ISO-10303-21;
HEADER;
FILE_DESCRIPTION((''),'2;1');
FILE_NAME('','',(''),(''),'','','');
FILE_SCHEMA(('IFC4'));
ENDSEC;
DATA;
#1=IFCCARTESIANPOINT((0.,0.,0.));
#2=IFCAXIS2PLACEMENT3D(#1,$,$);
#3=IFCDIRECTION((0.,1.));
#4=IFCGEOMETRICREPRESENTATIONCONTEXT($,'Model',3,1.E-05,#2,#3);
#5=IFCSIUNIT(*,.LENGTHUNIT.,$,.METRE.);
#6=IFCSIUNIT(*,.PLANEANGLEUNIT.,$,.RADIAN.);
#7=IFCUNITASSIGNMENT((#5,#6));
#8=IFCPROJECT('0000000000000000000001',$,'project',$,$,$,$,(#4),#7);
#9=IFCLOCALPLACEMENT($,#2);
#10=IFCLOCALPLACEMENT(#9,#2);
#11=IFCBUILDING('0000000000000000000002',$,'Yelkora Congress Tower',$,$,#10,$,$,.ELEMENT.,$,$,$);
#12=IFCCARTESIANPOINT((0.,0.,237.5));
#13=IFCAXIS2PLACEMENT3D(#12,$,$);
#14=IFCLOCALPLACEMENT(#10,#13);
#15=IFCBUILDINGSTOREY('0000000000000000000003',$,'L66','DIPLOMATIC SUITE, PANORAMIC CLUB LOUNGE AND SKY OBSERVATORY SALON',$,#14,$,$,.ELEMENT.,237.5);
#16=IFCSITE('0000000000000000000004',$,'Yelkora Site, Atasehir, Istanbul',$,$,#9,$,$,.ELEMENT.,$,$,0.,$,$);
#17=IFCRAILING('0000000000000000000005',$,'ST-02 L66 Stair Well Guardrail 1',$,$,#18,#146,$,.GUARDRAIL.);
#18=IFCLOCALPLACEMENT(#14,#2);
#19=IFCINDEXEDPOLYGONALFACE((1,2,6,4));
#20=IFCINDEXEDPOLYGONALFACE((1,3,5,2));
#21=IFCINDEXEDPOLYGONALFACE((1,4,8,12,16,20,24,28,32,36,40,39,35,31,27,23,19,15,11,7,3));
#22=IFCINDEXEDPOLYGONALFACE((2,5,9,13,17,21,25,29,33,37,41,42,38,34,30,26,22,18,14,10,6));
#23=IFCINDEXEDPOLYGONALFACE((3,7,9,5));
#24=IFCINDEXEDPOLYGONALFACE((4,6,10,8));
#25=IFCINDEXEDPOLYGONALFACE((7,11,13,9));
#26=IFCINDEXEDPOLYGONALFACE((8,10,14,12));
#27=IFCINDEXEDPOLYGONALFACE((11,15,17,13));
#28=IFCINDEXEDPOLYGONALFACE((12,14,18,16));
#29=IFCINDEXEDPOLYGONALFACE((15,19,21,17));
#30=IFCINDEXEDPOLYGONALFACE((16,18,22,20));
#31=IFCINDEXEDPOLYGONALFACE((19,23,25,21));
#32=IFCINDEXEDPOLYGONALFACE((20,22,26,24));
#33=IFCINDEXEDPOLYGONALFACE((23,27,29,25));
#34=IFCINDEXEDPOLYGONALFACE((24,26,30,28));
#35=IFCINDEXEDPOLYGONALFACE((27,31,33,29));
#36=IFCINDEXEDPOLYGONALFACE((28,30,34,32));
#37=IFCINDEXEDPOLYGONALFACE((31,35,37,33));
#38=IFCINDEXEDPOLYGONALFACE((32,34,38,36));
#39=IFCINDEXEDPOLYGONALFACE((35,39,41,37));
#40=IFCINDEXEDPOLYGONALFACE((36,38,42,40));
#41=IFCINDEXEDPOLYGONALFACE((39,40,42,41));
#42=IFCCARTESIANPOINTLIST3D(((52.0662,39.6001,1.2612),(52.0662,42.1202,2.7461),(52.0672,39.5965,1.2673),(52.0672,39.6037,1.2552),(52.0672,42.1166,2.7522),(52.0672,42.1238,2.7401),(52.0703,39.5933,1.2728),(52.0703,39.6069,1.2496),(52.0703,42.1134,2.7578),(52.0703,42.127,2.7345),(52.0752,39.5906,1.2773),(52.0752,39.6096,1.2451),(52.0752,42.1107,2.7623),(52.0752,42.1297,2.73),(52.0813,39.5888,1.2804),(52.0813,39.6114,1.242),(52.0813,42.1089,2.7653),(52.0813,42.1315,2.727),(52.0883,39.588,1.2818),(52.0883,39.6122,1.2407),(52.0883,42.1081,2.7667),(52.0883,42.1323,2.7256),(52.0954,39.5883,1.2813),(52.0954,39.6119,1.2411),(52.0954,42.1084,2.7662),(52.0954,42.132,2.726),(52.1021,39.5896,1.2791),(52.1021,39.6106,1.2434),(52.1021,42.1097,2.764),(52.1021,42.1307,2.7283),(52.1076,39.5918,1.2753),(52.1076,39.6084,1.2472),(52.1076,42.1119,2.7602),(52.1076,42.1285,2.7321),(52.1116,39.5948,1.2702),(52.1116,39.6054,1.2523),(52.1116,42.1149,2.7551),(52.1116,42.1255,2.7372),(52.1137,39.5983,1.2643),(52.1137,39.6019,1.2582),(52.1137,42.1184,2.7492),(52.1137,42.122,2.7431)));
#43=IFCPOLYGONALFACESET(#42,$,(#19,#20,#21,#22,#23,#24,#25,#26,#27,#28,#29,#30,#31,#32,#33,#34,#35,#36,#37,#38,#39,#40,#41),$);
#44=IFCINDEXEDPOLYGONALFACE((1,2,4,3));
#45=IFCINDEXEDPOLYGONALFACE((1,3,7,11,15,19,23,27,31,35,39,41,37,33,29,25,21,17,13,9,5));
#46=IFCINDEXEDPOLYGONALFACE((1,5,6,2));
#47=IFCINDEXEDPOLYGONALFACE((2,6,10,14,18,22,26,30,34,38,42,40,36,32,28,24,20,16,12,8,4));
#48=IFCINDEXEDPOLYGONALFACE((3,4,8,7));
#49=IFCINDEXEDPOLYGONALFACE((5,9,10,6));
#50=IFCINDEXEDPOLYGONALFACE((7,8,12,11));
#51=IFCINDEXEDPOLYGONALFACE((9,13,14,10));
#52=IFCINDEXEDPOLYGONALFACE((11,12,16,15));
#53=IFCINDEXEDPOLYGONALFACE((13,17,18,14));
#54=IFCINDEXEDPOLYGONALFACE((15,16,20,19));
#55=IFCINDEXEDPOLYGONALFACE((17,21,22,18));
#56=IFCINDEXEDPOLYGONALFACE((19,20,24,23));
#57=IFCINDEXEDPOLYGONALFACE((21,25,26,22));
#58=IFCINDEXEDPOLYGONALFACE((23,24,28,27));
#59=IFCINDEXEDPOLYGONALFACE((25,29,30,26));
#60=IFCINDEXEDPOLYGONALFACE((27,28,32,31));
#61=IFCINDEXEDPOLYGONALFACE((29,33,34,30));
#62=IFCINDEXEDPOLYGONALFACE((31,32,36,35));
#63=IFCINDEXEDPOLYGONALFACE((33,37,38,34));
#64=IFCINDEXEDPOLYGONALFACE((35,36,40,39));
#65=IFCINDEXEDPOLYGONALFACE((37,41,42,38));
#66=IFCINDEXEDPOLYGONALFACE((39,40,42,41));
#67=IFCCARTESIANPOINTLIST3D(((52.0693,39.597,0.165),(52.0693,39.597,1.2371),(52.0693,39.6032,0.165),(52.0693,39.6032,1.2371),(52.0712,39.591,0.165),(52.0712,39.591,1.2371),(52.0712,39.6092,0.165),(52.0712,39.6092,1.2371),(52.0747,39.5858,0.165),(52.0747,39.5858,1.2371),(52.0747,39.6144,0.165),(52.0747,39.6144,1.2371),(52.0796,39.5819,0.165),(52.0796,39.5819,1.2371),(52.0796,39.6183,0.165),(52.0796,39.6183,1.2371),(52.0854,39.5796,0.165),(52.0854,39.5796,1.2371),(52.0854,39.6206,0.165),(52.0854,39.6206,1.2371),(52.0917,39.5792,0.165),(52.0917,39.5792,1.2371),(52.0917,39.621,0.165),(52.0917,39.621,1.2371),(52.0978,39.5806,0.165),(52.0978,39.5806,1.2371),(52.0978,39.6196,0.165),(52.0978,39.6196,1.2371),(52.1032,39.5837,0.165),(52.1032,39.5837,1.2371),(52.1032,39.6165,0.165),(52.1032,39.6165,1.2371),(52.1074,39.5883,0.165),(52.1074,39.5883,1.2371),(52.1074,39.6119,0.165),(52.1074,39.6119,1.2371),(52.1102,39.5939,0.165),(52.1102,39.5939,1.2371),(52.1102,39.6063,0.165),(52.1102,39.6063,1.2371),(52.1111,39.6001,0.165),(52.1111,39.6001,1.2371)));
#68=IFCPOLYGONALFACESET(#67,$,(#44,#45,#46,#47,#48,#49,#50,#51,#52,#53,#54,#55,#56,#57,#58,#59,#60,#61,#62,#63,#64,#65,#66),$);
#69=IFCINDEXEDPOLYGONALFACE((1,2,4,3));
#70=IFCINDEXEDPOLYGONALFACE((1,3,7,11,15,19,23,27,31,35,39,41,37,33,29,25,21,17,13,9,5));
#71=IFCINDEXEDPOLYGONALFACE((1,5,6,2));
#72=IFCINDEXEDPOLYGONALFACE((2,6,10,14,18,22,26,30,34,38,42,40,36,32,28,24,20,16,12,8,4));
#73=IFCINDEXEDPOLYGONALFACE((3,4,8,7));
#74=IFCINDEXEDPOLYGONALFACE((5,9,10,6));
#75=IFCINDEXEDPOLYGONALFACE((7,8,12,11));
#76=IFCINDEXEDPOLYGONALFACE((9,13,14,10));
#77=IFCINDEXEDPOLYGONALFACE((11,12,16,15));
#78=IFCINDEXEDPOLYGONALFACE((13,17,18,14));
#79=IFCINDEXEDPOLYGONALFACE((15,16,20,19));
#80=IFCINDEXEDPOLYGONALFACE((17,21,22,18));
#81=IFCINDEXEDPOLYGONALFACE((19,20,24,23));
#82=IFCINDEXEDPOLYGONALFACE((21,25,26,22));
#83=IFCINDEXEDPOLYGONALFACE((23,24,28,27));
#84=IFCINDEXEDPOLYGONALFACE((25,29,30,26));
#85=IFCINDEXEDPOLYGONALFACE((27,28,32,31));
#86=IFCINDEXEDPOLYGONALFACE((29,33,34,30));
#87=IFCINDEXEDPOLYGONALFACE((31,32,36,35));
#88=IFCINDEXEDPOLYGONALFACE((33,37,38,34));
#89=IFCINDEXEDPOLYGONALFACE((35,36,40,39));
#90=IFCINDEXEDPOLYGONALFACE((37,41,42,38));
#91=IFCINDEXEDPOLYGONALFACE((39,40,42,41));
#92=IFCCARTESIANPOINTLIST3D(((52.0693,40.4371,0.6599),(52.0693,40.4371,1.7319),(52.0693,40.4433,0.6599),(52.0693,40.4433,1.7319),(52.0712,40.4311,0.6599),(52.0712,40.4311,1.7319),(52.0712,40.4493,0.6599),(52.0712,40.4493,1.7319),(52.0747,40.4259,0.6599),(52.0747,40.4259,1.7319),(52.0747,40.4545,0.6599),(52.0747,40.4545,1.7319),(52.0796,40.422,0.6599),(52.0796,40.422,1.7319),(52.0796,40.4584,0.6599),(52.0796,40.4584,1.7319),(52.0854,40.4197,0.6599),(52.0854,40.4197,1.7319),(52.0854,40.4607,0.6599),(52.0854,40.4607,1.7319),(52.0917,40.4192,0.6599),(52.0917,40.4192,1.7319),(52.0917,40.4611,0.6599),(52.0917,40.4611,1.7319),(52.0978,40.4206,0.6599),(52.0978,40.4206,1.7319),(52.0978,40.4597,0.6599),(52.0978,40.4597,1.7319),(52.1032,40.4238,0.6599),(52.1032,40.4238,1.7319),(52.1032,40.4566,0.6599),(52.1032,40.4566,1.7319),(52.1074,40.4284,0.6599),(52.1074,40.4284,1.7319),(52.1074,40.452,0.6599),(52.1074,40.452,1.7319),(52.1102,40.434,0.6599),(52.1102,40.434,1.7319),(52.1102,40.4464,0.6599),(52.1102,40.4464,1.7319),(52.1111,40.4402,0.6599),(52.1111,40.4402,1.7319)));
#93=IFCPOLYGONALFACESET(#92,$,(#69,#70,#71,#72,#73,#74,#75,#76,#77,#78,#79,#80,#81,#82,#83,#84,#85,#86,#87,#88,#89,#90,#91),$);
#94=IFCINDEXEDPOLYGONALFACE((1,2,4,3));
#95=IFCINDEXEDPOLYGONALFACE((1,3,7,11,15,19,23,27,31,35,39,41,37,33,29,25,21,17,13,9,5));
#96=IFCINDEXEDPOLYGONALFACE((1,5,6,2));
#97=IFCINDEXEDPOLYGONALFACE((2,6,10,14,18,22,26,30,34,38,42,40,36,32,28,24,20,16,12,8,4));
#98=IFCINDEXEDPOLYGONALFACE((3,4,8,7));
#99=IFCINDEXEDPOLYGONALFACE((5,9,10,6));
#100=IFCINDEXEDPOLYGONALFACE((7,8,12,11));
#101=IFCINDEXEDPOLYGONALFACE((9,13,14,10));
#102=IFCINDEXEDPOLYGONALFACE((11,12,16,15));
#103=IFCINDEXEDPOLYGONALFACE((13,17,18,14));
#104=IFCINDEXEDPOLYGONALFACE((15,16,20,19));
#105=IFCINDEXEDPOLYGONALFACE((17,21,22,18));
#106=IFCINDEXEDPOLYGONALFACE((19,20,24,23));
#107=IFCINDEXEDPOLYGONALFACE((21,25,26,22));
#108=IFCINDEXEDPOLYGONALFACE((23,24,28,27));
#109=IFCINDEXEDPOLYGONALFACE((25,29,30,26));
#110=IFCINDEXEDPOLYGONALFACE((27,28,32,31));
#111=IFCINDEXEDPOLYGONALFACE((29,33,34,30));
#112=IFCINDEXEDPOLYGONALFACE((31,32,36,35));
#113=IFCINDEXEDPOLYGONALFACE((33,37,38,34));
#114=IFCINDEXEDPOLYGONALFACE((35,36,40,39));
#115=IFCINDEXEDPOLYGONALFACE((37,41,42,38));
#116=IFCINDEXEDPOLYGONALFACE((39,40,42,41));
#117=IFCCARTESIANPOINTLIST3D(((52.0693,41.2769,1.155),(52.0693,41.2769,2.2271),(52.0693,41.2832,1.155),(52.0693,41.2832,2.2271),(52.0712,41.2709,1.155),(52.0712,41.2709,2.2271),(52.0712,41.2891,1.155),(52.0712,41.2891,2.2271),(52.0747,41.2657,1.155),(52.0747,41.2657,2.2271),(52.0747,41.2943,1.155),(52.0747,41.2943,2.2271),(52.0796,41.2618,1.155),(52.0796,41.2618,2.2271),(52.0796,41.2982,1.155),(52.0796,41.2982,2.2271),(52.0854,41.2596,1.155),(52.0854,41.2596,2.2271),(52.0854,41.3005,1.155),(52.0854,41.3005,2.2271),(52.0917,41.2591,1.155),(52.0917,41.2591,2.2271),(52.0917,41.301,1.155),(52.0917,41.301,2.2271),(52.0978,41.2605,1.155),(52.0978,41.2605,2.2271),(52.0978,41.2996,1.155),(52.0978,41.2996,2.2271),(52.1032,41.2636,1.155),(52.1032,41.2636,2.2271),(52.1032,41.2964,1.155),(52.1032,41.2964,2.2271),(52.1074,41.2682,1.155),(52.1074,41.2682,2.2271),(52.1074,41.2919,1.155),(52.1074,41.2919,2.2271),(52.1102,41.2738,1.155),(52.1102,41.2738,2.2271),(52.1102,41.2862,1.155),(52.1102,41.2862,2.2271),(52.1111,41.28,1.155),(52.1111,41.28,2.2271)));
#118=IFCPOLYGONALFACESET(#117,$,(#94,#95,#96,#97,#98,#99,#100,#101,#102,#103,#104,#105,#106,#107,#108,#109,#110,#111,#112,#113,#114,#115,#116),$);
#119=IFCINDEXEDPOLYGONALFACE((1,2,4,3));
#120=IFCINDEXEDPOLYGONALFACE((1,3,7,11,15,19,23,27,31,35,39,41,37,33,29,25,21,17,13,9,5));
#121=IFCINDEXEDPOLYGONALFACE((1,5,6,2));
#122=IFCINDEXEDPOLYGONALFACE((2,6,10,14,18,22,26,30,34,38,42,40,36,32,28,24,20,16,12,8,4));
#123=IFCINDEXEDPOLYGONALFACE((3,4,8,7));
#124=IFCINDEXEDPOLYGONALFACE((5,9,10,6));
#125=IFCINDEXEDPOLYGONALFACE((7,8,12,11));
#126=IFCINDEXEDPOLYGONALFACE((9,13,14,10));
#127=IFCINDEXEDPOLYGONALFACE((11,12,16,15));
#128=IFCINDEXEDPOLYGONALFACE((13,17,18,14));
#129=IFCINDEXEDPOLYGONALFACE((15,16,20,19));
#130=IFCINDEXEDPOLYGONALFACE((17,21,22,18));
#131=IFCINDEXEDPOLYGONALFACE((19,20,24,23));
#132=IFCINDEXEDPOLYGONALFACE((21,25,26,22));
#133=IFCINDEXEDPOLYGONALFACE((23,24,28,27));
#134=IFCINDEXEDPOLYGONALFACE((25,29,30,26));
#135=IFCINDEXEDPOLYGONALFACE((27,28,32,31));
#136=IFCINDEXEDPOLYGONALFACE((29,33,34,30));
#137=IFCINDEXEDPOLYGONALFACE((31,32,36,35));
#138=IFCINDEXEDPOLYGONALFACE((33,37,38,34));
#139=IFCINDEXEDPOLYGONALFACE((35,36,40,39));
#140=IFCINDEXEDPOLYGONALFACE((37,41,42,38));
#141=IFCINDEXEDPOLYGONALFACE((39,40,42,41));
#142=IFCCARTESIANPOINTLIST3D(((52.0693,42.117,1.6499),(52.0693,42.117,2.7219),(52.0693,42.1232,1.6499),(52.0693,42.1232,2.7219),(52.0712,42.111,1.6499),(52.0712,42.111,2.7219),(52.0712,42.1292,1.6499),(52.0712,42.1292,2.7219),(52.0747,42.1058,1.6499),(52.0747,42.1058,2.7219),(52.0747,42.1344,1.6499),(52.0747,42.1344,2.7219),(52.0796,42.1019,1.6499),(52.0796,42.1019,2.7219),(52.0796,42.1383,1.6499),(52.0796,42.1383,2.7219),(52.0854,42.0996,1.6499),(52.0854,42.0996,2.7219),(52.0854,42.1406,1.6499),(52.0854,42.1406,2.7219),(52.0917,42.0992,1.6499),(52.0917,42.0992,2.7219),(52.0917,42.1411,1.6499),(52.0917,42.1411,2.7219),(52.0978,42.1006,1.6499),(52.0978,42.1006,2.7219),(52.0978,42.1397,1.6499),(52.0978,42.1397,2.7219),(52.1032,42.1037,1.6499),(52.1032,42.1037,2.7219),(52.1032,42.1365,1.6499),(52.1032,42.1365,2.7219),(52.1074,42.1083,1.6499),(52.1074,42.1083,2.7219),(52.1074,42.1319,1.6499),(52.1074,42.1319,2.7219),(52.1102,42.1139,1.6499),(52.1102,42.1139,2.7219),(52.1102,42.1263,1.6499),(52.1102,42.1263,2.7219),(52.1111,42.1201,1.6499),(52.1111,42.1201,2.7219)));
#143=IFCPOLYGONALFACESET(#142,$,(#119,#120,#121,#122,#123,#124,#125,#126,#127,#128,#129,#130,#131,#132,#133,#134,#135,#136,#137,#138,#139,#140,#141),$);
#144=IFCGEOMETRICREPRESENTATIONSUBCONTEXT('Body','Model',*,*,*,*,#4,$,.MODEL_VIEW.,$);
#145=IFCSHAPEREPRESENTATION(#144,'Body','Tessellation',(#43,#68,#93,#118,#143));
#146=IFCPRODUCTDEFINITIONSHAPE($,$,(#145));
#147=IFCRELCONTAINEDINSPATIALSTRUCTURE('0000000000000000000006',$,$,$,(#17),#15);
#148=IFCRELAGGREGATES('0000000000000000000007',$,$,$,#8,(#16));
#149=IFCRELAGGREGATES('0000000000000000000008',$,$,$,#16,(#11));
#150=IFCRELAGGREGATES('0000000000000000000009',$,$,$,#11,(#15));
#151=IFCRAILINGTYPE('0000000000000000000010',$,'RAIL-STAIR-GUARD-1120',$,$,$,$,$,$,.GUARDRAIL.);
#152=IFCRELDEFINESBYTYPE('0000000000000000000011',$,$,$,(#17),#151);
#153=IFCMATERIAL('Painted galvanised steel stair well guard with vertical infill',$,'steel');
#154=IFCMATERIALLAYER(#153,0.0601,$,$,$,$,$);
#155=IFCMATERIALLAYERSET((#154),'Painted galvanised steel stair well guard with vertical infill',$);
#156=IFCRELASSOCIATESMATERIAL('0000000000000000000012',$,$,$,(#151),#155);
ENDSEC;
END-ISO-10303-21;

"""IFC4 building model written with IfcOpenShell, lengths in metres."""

from ifc_helpers import new_model, si_unit, direction, frame, origin, origin_2d, place, context, subcontext, project, spatial, circle, extrude, material, layer, layer_set, type_object, element, save


model = new_model("IFC4")

# Units and contexts
model_context = context("Model", 3, precision=1e-05, world=origin(), true_north=direction((0.0, 1.0)))
body_context = subcontext(model_context, "Body", "Model", "MODEL_VIEW")
ifc_project = project(units=[si_unit("LENGTHUNIT", "METRE"), si_unit("PLANEANGLEUNIT", "RADIAN")], contexts=[model_context])

# Site, building, storey
site_placement = place(None, origin())
site = spatial("IfcSite", under=ifc_project, at=site_placement, Name="Yelkora Site, Atasehir, Istanbul", CompositionType="ELEMENT", RefElevation=0.0)
building_placement = place(site_placement, origin())
building = spatial("IfcBuilding", under=site, at=building_placement, Name="Yelkora Congress Tower", CompositionType="ELEMENT")
storey_placement = place(building_placement, frame((0.0, 0.0, 237.5)))
storey = spatial("IfcBuildingStorey", under=building, at=storey_placement, Name="L66", Description="DIPLOMATIC SUITE, PANORAMIC CLUB LOUNGE AND SKY OBSERVATORY SALON", CompositionType="ELEMENT", Elevation=237.5)

# Railing
ifc_material_1 = material(Name="Painted galvanised steel stair well guard with vertical infill", Category="steel")
ifc_layer_1 = layer(ifc_material_1, 0.0601)
ifc_layer_set_1 = layer_set([ifc_layer_1], Name="Painted galvanised steel stair well guard with vertical infill")
railing_type_1 = type_object("IfcRailingType", Name="RAIL-STAIR-GUARD-1120", PredefinedType="GUARDRAIL", material=ifc_layer_set_1)
railing_1_placement = place(storey_placement, frame((52.0901, 39.6001, 0.165)))
element("IfcRailing", 1, at=railing_1_placement, inside=storey, type_object=railing_type_1, Name="ST-02 L66 Stair Well Guardrail 1", PredefinedType="GUARDRAIL", context=body_context, shape_type="SweptSolid", body=[
    extrude(circle(Radius=0.0239, at=origin_2d()), frame((0.0, 0.0, 1.0962), z_axis=(0.0, 0.861561, 0.507655), x_axis=(-1.0, 0.0, 0.0)), (0.0, 0.0, 1.0), 2.925),
    extrude(circle(Radius=0.021, at=origin_2d()), origin(), (0.0, 0.0, 1.0), 1.072),
    extrude(circle(Radius=0.021, at=origin_2d()), frame((0.0, 0.8401, 0.4949)), (0.0, 0.0, 1.0), 1.072),
    extrude(circle(Radius=0.021, at=origin_2d()), frame((0.0, 1.6799, 0.99)), (0.0, 0.0, 1.0), 1.072),
    extrude(circle(Radius=0.021, at=origin_2d()), frame((0.0, 2.52, 1.4849)), (0.0, 0.0, 1.0), 1.072),
])

save(model, "model.ifc")
